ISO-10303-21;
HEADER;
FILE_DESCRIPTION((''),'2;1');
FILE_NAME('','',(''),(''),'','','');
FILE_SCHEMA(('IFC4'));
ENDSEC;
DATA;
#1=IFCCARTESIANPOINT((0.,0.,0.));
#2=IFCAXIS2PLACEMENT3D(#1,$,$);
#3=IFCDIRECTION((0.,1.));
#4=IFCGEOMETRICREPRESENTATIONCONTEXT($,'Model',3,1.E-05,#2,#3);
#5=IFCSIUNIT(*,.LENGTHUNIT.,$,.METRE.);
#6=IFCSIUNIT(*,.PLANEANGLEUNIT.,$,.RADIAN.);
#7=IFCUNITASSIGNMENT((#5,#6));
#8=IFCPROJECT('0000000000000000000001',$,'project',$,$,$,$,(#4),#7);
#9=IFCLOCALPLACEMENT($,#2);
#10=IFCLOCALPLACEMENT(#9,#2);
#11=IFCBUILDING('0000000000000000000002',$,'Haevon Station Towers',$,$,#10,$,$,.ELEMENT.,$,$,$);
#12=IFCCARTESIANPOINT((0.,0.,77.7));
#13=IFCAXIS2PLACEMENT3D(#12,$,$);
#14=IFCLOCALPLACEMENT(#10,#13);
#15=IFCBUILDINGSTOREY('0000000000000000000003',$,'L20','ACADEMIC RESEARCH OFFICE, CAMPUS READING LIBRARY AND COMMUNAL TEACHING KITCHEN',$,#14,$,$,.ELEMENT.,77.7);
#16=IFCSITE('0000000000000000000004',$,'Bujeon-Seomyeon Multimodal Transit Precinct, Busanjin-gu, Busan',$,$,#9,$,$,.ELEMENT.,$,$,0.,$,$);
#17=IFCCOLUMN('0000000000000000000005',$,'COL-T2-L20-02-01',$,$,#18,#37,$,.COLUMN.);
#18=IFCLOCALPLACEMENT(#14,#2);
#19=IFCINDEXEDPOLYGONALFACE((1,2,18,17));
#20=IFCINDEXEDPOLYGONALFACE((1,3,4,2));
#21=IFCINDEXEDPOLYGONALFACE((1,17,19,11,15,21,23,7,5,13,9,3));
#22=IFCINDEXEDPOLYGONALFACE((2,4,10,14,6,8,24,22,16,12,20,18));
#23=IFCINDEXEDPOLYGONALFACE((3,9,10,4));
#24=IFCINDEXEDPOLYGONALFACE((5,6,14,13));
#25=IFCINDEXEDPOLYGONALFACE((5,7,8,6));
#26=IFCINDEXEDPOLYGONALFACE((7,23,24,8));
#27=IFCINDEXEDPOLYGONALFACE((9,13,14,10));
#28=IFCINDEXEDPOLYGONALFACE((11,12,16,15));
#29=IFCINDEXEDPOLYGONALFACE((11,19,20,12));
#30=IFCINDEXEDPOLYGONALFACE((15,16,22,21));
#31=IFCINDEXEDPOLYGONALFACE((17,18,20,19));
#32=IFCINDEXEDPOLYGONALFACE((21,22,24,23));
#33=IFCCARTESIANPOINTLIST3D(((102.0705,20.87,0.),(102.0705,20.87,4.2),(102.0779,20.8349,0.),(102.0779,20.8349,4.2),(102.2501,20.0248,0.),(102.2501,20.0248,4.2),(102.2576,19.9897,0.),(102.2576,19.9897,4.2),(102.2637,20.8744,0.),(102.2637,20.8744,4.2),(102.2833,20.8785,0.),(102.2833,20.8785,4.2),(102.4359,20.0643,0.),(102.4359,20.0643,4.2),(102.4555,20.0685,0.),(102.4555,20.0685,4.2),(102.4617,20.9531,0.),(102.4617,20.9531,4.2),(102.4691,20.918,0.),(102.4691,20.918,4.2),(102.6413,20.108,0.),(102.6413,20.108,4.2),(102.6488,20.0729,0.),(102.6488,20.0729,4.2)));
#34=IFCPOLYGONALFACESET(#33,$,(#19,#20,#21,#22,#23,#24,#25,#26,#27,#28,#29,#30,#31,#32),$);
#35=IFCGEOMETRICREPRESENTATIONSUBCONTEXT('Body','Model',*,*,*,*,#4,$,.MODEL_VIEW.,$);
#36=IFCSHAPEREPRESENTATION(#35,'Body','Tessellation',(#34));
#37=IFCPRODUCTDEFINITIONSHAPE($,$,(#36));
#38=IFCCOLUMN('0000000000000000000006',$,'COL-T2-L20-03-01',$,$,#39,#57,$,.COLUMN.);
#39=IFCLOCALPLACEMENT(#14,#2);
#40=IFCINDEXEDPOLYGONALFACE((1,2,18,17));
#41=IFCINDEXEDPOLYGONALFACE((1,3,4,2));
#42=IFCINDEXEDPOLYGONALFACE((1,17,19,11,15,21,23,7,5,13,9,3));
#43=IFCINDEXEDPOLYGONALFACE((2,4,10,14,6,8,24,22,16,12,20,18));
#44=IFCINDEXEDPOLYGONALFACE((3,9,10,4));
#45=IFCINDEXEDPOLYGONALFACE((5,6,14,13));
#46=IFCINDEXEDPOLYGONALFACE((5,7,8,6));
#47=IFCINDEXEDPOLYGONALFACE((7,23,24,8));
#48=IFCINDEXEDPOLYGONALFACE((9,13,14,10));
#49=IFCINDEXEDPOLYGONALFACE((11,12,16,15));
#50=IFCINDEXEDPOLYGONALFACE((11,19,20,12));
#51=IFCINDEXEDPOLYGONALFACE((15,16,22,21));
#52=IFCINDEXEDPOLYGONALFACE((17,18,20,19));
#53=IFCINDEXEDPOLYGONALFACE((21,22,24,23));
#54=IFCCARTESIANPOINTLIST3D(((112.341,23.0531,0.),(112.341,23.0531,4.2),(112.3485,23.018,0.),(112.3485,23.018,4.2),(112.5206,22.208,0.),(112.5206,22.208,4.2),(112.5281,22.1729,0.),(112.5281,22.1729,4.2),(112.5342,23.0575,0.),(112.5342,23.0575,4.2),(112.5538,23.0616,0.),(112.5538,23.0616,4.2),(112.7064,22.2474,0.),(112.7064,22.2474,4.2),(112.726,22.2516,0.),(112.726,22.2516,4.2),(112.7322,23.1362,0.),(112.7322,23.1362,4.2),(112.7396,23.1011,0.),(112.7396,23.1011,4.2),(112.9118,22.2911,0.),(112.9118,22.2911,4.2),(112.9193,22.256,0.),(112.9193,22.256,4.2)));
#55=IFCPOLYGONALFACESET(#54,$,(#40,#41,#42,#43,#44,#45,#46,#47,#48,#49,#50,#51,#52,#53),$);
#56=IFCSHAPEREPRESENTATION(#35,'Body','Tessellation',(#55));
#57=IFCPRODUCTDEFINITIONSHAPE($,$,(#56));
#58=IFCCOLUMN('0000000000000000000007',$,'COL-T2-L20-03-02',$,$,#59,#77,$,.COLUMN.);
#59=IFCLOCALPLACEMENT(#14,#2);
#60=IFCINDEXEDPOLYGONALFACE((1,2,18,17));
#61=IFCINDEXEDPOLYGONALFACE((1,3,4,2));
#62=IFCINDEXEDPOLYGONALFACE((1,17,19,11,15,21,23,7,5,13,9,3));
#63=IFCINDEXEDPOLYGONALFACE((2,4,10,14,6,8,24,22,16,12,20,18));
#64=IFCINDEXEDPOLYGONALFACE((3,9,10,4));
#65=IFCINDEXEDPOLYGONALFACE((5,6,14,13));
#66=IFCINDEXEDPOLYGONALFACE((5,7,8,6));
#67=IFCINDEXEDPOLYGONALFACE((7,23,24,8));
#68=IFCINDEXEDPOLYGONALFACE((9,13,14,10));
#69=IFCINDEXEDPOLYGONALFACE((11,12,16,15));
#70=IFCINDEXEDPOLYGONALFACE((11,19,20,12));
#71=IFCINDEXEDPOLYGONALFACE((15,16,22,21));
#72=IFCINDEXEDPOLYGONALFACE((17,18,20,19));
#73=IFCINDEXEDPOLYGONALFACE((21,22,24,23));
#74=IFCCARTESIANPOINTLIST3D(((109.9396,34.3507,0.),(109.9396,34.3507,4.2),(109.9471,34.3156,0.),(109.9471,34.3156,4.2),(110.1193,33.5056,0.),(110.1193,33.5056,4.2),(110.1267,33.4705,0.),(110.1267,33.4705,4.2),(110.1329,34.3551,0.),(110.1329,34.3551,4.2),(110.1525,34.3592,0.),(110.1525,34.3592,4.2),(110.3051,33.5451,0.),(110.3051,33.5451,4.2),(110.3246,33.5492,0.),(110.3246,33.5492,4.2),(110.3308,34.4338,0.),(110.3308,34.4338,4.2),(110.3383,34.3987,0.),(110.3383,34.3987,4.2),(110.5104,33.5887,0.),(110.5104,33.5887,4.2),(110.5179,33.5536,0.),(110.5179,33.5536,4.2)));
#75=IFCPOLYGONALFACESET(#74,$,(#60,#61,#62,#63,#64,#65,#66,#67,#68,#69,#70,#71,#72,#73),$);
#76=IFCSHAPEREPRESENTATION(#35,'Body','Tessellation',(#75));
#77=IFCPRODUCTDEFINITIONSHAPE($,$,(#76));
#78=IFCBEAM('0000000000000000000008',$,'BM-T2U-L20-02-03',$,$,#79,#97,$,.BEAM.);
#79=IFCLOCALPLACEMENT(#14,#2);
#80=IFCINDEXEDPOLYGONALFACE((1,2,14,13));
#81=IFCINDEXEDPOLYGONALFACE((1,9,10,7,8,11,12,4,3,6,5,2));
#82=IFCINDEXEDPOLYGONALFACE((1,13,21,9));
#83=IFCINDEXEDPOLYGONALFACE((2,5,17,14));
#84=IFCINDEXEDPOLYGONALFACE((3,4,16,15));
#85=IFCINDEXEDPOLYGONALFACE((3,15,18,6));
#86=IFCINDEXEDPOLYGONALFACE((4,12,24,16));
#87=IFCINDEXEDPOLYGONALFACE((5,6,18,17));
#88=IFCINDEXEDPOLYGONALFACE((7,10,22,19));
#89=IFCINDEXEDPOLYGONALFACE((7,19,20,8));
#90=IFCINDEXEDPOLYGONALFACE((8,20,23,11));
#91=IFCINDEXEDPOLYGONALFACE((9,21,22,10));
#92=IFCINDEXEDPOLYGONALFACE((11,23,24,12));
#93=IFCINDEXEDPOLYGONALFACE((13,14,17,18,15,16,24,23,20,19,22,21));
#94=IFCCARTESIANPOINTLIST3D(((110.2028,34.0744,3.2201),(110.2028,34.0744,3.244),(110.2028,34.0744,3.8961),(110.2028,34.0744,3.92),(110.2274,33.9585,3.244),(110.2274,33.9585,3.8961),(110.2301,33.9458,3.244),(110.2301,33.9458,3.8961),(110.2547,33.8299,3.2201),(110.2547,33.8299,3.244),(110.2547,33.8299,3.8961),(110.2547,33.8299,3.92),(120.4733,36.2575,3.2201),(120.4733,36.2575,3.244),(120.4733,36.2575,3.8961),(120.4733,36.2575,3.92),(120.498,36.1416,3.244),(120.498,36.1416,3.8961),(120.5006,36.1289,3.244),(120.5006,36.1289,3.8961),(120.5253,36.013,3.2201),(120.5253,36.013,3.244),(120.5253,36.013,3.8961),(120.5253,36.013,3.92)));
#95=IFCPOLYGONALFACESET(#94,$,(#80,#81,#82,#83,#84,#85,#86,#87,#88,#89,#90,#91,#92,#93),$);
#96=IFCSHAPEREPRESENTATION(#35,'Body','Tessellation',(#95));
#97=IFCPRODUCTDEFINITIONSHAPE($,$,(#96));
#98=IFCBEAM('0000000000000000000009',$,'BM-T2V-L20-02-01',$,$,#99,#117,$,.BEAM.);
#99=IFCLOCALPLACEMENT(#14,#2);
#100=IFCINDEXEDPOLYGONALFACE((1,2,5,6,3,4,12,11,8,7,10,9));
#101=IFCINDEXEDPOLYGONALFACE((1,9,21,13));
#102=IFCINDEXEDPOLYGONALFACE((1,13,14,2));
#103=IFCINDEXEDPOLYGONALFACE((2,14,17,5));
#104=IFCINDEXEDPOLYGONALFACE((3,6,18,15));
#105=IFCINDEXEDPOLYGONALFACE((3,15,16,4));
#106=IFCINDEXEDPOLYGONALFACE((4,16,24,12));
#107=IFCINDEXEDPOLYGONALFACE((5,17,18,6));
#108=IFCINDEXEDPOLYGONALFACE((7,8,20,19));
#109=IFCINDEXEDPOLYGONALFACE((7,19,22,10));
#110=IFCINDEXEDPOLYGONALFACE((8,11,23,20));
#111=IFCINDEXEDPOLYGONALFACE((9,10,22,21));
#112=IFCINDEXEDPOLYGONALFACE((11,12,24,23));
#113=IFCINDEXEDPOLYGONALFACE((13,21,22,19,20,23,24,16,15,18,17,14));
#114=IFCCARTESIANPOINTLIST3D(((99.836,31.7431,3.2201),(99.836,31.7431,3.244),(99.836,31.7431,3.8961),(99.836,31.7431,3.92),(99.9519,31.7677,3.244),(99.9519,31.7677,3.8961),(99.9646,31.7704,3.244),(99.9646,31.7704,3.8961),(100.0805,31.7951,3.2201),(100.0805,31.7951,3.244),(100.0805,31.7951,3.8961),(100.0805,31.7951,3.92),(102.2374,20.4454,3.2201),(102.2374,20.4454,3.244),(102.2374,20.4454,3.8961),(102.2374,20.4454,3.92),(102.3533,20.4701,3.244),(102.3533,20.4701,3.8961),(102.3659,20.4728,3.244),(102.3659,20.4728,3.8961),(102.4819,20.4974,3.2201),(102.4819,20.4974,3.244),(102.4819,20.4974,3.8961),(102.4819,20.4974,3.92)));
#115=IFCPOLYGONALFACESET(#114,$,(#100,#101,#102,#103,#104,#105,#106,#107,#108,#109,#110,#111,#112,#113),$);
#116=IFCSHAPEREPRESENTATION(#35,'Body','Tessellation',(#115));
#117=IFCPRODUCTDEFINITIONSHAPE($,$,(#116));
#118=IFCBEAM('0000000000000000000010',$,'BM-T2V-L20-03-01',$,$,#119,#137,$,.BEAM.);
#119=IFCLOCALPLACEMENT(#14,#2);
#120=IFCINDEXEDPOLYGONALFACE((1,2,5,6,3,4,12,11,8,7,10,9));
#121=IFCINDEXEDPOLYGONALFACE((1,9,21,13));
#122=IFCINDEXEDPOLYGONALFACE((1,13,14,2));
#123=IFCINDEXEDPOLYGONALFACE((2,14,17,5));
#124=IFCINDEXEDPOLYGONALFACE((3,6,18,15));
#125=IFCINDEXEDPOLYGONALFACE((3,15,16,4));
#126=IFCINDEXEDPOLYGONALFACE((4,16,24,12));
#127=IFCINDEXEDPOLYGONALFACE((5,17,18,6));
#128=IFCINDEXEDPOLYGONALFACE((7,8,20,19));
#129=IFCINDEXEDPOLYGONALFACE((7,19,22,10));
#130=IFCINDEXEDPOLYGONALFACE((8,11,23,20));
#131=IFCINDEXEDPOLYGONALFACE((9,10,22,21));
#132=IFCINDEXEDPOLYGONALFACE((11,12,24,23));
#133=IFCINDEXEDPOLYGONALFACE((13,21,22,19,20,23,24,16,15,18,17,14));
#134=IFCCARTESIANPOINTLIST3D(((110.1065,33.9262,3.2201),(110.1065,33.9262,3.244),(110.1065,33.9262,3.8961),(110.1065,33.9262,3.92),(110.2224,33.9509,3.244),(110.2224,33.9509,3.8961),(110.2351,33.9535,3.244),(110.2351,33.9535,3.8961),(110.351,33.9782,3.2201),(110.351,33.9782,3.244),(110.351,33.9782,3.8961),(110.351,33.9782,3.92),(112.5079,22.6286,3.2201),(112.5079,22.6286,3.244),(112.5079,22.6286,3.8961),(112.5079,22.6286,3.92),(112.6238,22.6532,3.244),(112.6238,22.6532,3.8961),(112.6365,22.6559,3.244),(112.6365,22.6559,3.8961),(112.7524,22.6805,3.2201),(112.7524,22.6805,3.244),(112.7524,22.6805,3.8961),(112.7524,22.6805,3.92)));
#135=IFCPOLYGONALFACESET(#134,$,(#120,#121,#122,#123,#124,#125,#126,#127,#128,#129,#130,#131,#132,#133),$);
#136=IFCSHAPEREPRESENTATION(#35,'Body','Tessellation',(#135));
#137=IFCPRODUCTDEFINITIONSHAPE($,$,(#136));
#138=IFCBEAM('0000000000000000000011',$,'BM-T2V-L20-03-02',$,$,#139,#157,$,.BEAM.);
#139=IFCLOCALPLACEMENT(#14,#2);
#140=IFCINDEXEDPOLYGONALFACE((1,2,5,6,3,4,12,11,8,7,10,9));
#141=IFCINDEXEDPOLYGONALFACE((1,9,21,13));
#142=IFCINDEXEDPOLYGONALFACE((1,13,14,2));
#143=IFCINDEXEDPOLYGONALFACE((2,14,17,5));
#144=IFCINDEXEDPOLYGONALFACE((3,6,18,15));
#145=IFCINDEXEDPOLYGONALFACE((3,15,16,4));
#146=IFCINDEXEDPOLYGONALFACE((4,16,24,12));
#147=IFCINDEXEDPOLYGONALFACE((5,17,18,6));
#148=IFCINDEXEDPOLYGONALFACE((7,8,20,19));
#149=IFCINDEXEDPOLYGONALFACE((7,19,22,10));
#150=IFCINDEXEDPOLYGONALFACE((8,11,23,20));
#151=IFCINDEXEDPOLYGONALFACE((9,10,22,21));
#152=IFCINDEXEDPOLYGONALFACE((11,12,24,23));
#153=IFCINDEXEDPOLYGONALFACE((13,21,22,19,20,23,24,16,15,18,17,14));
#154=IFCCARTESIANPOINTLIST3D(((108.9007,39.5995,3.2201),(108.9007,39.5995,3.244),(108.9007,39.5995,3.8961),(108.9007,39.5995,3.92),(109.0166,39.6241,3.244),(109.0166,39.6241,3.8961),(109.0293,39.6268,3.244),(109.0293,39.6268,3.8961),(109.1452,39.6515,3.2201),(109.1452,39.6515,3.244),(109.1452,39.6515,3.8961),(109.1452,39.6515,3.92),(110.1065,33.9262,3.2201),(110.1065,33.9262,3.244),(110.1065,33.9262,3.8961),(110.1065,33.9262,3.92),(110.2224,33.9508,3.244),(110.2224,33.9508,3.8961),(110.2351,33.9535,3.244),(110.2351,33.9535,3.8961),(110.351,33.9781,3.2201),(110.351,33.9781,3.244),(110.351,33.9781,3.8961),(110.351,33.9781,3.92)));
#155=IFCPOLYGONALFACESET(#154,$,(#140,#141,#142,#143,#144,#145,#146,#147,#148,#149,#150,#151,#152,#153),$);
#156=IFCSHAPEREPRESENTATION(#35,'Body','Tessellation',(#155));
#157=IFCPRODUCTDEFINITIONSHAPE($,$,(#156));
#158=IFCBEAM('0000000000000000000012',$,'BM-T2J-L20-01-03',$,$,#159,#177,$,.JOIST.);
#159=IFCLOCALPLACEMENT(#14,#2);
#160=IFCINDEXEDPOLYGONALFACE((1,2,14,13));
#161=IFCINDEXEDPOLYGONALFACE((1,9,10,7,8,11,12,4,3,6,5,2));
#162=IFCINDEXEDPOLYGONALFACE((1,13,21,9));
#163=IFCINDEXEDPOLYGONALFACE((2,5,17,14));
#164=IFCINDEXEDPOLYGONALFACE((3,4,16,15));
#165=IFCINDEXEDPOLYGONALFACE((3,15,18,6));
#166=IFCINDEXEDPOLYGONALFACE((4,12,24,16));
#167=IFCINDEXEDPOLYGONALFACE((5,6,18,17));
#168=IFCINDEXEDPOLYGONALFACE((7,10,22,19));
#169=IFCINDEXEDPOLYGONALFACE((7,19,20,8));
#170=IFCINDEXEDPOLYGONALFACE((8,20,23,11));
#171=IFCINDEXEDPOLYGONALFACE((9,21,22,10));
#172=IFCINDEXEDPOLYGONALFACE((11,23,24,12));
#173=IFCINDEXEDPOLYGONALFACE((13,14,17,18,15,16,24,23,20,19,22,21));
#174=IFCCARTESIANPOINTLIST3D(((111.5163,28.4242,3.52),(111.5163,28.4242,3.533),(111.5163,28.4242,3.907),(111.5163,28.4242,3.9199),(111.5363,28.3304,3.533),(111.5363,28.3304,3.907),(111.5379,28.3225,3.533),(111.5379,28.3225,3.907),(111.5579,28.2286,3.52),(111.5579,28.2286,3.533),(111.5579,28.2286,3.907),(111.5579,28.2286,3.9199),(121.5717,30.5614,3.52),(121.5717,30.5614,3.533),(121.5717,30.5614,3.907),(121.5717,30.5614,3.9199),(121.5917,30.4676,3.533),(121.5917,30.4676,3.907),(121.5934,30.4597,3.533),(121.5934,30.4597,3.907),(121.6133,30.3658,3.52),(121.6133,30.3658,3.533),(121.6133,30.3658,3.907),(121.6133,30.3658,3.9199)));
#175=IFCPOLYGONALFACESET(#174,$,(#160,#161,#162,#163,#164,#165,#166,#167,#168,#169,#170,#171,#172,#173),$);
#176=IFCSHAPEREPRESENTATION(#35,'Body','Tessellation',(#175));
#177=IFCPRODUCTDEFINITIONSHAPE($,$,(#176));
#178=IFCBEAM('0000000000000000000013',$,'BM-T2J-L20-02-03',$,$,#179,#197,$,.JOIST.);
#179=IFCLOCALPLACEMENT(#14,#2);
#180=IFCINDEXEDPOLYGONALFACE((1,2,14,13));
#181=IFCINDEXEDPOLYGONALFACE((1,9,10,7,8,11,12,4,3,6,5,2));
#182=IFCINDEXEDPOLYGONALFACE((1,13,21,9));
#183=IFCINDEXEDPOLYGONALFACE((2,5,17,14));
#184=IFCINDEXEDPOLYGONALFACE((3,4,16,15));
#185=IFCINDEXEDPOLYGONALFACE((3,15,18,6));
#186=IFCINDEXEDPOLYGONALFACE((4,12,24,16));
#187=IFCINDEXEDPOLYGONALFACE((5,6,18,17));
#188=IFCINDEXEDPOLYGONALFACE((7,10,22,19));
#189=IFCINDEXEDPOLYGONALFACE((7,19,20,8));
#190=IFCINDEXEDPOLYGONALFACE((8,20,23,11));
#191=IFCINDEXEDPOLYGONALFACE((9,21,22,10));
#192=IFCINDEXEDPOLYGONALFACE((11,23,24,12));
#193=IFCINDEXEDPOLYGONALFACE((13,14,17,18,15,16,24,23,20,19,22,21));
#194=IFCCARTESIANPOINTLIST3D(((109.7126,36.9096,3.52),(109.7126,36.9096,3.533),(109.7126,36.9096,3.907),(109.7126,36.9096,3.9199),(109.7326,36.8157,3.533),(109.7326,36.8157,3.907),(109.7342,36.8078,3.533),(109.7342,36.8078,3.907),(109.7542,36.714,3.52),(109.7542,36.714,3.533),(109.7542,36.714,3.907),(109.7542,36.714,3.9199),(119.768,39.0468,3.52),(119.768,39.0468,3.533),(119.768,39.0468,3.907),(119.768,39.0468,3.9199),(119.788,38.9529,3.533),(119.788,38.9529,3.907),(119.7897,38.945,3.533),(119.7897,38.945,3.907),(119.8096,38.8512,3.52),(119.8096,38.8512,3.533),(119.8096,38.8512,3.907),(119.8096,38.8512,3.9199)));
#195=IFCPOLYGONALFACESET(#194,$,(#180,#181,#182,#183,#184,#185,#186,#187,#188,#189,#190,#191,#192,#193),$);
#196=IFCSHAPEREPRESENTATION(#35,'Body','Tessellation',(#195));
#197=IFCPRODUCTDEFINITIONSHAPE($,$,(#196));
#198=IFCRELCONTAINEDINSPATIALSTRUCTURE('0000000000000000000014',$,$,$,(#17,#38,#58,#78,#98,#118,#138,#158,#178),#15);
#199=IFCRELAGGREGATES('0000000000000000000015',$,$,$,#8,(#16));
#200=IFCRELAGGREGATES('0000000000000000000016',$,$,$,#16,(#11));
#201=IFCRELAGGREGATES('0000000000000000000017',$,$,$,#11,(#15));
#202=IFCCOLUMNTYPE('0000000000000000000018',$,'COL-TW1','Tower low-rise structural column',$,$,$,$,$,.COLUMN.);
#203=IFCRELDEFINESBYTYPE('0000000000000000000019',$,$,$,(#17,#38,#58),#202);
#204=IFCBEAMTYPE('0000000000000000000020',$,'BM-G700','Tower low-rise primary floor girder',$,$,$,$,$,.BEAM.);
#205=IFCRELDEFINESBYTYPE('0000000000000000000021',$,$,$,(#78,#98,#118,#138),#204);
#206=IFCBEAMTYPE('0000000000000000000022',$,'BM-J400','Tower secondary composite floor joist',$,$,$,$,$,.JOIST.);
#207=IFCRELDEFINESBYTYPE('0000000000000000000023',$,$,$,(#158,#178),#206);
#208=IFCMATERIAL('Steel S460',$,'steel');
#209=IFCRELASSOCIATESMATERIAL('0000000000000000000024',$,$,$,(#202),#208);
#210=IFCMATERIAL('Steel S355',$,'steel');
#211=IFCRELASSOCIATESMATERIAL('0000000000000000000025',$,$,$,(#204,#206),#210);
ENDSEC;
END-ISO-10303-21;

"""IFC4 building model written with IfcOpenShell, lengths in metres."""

from ifc_helpers import new_model, si_unit, direction, frame, origin, origin_2d, place, context, subcontext, project, spatial, i_section, extrude, material, material_profile, profile_set, type_object, element, save


model = new_model("IFC4")

# Units and contexts
model_context = context("Model", 3, precision=1e-05, world=origin(), true_north=direction((0.0, 1.0)))
body_context = subcontext(model_context, "Body", "Model", "MODEL_VIEW")
ifc_project = project(units=[si_unit("LENGTHUNIT", "METRE"), si_unit("PLANEANGLEUNIT", "RADIAN")], contexts=[model_context])

# Site, building, storey
site_placement = place(None, origin())
site = spatial("IfcSite", under=ifc_project, at=site_placement, Name="Bujeon-Seomyeon Multimodal Transit Precinct, Busanjin-gu, Busan", CompositionType="ELEMENT", RefElevation=0.0)
building_placement = place(site_placement, origin())
building = spatial("IfcBuilding", under=site, at=building_placement, Name="Haevon Station Towers", CompositionType="ELEMENT")
storey_placement = place(building_placement, frame((0.0, 0.0, 77.7)))
storey = spatial("IfcBuildingStorey", under=building, at=storey_placement, Name="L20", Description="ACADEMIC RESEARCH OFFICE, CAMPUS READING LIBRARY AND COMMUNAL TEACHING KITCHEN", CompositionType="ELEMENT", Elevation=77.7)

# Columns
ifc_material_1 = material(Name="Steel S460", Category="steel")
ifc_material_profile_1 = material_profile(ifc_material_1, i_section(OverallWidth=0.3999, OverallDepth=0.8999, WebThickness=0.02, FlangeThickness=0.0359, at=origin_2d()), Name="H-900x400x20x36")
ifc_profile_set_1 = profile_set([ifc_material_profile_1], Name="Steel S460")
column_type = type_object("IfcColumnType", Name="COL-TW1", Description="Tower low-rise structural column", PredefinedType="COLUMN", material=ifc_profile_set_1)
for number, where, z_axis, x_axis, name in (
    (1, (102.3596, 20.4714, 0.0), (0.0, 0.0, 1.0), (0.978148, 0.207912, 0.0), "COL-T2-L20-02-01"),
    (2, (112.6301, 22.6545, 0.0), (0.0, 0.0, 1.0), (0.978148, 0.207912, 0.0), "COL-T2-L20-03-01"),
    (3, (110.2288, 33.9521, 0.0), (0.0, 0.0, 1.0), (0.978148, 0.207912, 0.0), "COL-T2-L20-03-02"),
):
    element("IfcColumn", number, at=place(storey_placement, frame(where, z_axis=z_axis, x_axis=x_axis)), inside=storey, type_object=column_type, Name=name, PredefinedType="COLUMN", context=body_context, shape_type="SweptSolid", body=[
        extrude(i_section(OverallWidth=0.3999, OverallDepth=0.8999, WebThickness=0.02, FlangeThickness=0.0359, at=origin_2d()), origin(), (0.0, 0.0, 1.0), 4.2),
    ])

# Beams
ifc_material_2 = material(Name="Steel S355", Category="steel")
ifc_material_profile_2 = material_profile(ifc_material_2, i_section(OverallWidth=0.25, OverallDepth=0.7, WebThickness=0.0129, FlangeThickness=0.0239, at=origin_2d()), Name="H-700x250x13x24")
ifc_profile_set_2 = profile_set([ifc_material_profile_2], Name="Steel S355")
beam_type_1 = type_object("IfcBeamType", Name="BM-G700", Description="Tower low-rise primary floor girder", PredefinedType="BEAM", material=ifc_profile_set_2)
beam_1_placement = place(storey_placement, frame((110.2288, 33.9521, 3.5701), z_axis=(0.978147, 0.207915, 0.0), x_axis=(-0.207915, 0.978147, 0.0)))
element("IfcBeam", 4, at=beam_1_placement, inside=storey, type_object=beam_type_1, Name="BM-T2U-L20-02-03", PredefinedType="BEAM", context=body_context, shape_type="SweptSolid", body=[
    extrude(i_section(OverallWidth=0.25, OverallDepth=0.7, WebThickness=0.0129, FlangeThickness=0.0239, at=origin_2d()), origin(), (0.0, 0.0, 1.0), 10.5),
])
for number, where, z_axis, x_axis, name in (
    (5, (102.3596, 20.4714, 3.5701), (-0.207911, 0.978148, 0.0), (-0.978148, -0.207911, 0.0), "BM-T2V-L20-02-01"),
    (6, (112.6301, 22.6545, 3.5701), (-0.207911, 0.978148, 0.0), (-0.978148, -0.207911, 0.0), "BM-T2V-L20-03-01"),
):
    element("IfcBeam", number, at=place(storey_placement, frame(where, z_axis=z_axis, x_axis=x_axis)), inside=storey, type_object=beam_type_1, Name=name, PredefinedType="BEAM", context=body_context, shape_type="SweptSolid", body=[
        extrude(i_section(OverallWidth=0.25, OverallDepth=0.7, WebThickness=0.0129, FlangeThickness=0.0239, at=origin_2d()), origin(), (0.0, 0.0, 1.0), 11.55),
    ])
beam_2_placement = place(storey_placement, frame((110.2288, 33.9521, 3.5701), z_axis=(-0.207896, 0.978151, 0.0), x_axis=(-0.978151, -0.207896, 0.0)))
element("IfcBeam", 7, at=beam_2_placement, inside=storey, type_object=beam_type_1, Name="BM-T2V-L20-03-02", PredefinedType="BEAM", context=body_context, shape_type="SweptSolid", body=[
    extrude(i_section(OverallWidth=0.25, OverallDepth=0.7, WebThickness=0.0129, FlangeThickness=0.0239, at=origin_2d()), origin(), (0.0, 0.0, 1.0), 5.8),
])
ifc_material_profile_3 = material_profile(ifc_material_2, i_section(OverallWidth=0.2, OverallDepth=0.3999, WebThickness=0.0081, FlangeThickness=0.0129, at=origin_2d()), Name="H-400x200x8x13")
ifc_profile_set_3 = profile_set([ifc_material_profile_3], Name="Steel S355")
beam_type_2 = type_object("IfcBeamType", Name="BM-J400", Description="Tower secondary composite floor joist", PredefinedType="JOIST", material=ifc_profile_set_3)
for number, where, z_axis, x_axis, name in (
    (8, (111.5371, 28.3264, 3.72), (0.97815, 0.207899, 0.0), (-0.207899, 0.97815, 0.0), "BM-T2J-L20-01-03"),
    (9, (109.7334, 36.8118, 3.72), (0.97815, 0.207899, 0.0), (-0.207899, 0.97815, 0.0), "BM-T2J-L20-02-03"),
):
    element("IfcBeam", number, at=place(storey_placement, frame(where, z_axis=z_axis, x_axis=x_axis)), inside=storey, type_object=beam_type_2, Name=name, PredefinedType="JOIST", context=body_context, shape_type="SweptSolid", body=[
        extrude(i_section(OverallWidth=0.2, OverallDepth=0.3999, WebThickness=0.0081, FlangeThickness=0.0129, at=origin_2d()), origin(), (0.0, 0.0, 1.0), 10.28),
    ])

save(model, "model.ifc")
